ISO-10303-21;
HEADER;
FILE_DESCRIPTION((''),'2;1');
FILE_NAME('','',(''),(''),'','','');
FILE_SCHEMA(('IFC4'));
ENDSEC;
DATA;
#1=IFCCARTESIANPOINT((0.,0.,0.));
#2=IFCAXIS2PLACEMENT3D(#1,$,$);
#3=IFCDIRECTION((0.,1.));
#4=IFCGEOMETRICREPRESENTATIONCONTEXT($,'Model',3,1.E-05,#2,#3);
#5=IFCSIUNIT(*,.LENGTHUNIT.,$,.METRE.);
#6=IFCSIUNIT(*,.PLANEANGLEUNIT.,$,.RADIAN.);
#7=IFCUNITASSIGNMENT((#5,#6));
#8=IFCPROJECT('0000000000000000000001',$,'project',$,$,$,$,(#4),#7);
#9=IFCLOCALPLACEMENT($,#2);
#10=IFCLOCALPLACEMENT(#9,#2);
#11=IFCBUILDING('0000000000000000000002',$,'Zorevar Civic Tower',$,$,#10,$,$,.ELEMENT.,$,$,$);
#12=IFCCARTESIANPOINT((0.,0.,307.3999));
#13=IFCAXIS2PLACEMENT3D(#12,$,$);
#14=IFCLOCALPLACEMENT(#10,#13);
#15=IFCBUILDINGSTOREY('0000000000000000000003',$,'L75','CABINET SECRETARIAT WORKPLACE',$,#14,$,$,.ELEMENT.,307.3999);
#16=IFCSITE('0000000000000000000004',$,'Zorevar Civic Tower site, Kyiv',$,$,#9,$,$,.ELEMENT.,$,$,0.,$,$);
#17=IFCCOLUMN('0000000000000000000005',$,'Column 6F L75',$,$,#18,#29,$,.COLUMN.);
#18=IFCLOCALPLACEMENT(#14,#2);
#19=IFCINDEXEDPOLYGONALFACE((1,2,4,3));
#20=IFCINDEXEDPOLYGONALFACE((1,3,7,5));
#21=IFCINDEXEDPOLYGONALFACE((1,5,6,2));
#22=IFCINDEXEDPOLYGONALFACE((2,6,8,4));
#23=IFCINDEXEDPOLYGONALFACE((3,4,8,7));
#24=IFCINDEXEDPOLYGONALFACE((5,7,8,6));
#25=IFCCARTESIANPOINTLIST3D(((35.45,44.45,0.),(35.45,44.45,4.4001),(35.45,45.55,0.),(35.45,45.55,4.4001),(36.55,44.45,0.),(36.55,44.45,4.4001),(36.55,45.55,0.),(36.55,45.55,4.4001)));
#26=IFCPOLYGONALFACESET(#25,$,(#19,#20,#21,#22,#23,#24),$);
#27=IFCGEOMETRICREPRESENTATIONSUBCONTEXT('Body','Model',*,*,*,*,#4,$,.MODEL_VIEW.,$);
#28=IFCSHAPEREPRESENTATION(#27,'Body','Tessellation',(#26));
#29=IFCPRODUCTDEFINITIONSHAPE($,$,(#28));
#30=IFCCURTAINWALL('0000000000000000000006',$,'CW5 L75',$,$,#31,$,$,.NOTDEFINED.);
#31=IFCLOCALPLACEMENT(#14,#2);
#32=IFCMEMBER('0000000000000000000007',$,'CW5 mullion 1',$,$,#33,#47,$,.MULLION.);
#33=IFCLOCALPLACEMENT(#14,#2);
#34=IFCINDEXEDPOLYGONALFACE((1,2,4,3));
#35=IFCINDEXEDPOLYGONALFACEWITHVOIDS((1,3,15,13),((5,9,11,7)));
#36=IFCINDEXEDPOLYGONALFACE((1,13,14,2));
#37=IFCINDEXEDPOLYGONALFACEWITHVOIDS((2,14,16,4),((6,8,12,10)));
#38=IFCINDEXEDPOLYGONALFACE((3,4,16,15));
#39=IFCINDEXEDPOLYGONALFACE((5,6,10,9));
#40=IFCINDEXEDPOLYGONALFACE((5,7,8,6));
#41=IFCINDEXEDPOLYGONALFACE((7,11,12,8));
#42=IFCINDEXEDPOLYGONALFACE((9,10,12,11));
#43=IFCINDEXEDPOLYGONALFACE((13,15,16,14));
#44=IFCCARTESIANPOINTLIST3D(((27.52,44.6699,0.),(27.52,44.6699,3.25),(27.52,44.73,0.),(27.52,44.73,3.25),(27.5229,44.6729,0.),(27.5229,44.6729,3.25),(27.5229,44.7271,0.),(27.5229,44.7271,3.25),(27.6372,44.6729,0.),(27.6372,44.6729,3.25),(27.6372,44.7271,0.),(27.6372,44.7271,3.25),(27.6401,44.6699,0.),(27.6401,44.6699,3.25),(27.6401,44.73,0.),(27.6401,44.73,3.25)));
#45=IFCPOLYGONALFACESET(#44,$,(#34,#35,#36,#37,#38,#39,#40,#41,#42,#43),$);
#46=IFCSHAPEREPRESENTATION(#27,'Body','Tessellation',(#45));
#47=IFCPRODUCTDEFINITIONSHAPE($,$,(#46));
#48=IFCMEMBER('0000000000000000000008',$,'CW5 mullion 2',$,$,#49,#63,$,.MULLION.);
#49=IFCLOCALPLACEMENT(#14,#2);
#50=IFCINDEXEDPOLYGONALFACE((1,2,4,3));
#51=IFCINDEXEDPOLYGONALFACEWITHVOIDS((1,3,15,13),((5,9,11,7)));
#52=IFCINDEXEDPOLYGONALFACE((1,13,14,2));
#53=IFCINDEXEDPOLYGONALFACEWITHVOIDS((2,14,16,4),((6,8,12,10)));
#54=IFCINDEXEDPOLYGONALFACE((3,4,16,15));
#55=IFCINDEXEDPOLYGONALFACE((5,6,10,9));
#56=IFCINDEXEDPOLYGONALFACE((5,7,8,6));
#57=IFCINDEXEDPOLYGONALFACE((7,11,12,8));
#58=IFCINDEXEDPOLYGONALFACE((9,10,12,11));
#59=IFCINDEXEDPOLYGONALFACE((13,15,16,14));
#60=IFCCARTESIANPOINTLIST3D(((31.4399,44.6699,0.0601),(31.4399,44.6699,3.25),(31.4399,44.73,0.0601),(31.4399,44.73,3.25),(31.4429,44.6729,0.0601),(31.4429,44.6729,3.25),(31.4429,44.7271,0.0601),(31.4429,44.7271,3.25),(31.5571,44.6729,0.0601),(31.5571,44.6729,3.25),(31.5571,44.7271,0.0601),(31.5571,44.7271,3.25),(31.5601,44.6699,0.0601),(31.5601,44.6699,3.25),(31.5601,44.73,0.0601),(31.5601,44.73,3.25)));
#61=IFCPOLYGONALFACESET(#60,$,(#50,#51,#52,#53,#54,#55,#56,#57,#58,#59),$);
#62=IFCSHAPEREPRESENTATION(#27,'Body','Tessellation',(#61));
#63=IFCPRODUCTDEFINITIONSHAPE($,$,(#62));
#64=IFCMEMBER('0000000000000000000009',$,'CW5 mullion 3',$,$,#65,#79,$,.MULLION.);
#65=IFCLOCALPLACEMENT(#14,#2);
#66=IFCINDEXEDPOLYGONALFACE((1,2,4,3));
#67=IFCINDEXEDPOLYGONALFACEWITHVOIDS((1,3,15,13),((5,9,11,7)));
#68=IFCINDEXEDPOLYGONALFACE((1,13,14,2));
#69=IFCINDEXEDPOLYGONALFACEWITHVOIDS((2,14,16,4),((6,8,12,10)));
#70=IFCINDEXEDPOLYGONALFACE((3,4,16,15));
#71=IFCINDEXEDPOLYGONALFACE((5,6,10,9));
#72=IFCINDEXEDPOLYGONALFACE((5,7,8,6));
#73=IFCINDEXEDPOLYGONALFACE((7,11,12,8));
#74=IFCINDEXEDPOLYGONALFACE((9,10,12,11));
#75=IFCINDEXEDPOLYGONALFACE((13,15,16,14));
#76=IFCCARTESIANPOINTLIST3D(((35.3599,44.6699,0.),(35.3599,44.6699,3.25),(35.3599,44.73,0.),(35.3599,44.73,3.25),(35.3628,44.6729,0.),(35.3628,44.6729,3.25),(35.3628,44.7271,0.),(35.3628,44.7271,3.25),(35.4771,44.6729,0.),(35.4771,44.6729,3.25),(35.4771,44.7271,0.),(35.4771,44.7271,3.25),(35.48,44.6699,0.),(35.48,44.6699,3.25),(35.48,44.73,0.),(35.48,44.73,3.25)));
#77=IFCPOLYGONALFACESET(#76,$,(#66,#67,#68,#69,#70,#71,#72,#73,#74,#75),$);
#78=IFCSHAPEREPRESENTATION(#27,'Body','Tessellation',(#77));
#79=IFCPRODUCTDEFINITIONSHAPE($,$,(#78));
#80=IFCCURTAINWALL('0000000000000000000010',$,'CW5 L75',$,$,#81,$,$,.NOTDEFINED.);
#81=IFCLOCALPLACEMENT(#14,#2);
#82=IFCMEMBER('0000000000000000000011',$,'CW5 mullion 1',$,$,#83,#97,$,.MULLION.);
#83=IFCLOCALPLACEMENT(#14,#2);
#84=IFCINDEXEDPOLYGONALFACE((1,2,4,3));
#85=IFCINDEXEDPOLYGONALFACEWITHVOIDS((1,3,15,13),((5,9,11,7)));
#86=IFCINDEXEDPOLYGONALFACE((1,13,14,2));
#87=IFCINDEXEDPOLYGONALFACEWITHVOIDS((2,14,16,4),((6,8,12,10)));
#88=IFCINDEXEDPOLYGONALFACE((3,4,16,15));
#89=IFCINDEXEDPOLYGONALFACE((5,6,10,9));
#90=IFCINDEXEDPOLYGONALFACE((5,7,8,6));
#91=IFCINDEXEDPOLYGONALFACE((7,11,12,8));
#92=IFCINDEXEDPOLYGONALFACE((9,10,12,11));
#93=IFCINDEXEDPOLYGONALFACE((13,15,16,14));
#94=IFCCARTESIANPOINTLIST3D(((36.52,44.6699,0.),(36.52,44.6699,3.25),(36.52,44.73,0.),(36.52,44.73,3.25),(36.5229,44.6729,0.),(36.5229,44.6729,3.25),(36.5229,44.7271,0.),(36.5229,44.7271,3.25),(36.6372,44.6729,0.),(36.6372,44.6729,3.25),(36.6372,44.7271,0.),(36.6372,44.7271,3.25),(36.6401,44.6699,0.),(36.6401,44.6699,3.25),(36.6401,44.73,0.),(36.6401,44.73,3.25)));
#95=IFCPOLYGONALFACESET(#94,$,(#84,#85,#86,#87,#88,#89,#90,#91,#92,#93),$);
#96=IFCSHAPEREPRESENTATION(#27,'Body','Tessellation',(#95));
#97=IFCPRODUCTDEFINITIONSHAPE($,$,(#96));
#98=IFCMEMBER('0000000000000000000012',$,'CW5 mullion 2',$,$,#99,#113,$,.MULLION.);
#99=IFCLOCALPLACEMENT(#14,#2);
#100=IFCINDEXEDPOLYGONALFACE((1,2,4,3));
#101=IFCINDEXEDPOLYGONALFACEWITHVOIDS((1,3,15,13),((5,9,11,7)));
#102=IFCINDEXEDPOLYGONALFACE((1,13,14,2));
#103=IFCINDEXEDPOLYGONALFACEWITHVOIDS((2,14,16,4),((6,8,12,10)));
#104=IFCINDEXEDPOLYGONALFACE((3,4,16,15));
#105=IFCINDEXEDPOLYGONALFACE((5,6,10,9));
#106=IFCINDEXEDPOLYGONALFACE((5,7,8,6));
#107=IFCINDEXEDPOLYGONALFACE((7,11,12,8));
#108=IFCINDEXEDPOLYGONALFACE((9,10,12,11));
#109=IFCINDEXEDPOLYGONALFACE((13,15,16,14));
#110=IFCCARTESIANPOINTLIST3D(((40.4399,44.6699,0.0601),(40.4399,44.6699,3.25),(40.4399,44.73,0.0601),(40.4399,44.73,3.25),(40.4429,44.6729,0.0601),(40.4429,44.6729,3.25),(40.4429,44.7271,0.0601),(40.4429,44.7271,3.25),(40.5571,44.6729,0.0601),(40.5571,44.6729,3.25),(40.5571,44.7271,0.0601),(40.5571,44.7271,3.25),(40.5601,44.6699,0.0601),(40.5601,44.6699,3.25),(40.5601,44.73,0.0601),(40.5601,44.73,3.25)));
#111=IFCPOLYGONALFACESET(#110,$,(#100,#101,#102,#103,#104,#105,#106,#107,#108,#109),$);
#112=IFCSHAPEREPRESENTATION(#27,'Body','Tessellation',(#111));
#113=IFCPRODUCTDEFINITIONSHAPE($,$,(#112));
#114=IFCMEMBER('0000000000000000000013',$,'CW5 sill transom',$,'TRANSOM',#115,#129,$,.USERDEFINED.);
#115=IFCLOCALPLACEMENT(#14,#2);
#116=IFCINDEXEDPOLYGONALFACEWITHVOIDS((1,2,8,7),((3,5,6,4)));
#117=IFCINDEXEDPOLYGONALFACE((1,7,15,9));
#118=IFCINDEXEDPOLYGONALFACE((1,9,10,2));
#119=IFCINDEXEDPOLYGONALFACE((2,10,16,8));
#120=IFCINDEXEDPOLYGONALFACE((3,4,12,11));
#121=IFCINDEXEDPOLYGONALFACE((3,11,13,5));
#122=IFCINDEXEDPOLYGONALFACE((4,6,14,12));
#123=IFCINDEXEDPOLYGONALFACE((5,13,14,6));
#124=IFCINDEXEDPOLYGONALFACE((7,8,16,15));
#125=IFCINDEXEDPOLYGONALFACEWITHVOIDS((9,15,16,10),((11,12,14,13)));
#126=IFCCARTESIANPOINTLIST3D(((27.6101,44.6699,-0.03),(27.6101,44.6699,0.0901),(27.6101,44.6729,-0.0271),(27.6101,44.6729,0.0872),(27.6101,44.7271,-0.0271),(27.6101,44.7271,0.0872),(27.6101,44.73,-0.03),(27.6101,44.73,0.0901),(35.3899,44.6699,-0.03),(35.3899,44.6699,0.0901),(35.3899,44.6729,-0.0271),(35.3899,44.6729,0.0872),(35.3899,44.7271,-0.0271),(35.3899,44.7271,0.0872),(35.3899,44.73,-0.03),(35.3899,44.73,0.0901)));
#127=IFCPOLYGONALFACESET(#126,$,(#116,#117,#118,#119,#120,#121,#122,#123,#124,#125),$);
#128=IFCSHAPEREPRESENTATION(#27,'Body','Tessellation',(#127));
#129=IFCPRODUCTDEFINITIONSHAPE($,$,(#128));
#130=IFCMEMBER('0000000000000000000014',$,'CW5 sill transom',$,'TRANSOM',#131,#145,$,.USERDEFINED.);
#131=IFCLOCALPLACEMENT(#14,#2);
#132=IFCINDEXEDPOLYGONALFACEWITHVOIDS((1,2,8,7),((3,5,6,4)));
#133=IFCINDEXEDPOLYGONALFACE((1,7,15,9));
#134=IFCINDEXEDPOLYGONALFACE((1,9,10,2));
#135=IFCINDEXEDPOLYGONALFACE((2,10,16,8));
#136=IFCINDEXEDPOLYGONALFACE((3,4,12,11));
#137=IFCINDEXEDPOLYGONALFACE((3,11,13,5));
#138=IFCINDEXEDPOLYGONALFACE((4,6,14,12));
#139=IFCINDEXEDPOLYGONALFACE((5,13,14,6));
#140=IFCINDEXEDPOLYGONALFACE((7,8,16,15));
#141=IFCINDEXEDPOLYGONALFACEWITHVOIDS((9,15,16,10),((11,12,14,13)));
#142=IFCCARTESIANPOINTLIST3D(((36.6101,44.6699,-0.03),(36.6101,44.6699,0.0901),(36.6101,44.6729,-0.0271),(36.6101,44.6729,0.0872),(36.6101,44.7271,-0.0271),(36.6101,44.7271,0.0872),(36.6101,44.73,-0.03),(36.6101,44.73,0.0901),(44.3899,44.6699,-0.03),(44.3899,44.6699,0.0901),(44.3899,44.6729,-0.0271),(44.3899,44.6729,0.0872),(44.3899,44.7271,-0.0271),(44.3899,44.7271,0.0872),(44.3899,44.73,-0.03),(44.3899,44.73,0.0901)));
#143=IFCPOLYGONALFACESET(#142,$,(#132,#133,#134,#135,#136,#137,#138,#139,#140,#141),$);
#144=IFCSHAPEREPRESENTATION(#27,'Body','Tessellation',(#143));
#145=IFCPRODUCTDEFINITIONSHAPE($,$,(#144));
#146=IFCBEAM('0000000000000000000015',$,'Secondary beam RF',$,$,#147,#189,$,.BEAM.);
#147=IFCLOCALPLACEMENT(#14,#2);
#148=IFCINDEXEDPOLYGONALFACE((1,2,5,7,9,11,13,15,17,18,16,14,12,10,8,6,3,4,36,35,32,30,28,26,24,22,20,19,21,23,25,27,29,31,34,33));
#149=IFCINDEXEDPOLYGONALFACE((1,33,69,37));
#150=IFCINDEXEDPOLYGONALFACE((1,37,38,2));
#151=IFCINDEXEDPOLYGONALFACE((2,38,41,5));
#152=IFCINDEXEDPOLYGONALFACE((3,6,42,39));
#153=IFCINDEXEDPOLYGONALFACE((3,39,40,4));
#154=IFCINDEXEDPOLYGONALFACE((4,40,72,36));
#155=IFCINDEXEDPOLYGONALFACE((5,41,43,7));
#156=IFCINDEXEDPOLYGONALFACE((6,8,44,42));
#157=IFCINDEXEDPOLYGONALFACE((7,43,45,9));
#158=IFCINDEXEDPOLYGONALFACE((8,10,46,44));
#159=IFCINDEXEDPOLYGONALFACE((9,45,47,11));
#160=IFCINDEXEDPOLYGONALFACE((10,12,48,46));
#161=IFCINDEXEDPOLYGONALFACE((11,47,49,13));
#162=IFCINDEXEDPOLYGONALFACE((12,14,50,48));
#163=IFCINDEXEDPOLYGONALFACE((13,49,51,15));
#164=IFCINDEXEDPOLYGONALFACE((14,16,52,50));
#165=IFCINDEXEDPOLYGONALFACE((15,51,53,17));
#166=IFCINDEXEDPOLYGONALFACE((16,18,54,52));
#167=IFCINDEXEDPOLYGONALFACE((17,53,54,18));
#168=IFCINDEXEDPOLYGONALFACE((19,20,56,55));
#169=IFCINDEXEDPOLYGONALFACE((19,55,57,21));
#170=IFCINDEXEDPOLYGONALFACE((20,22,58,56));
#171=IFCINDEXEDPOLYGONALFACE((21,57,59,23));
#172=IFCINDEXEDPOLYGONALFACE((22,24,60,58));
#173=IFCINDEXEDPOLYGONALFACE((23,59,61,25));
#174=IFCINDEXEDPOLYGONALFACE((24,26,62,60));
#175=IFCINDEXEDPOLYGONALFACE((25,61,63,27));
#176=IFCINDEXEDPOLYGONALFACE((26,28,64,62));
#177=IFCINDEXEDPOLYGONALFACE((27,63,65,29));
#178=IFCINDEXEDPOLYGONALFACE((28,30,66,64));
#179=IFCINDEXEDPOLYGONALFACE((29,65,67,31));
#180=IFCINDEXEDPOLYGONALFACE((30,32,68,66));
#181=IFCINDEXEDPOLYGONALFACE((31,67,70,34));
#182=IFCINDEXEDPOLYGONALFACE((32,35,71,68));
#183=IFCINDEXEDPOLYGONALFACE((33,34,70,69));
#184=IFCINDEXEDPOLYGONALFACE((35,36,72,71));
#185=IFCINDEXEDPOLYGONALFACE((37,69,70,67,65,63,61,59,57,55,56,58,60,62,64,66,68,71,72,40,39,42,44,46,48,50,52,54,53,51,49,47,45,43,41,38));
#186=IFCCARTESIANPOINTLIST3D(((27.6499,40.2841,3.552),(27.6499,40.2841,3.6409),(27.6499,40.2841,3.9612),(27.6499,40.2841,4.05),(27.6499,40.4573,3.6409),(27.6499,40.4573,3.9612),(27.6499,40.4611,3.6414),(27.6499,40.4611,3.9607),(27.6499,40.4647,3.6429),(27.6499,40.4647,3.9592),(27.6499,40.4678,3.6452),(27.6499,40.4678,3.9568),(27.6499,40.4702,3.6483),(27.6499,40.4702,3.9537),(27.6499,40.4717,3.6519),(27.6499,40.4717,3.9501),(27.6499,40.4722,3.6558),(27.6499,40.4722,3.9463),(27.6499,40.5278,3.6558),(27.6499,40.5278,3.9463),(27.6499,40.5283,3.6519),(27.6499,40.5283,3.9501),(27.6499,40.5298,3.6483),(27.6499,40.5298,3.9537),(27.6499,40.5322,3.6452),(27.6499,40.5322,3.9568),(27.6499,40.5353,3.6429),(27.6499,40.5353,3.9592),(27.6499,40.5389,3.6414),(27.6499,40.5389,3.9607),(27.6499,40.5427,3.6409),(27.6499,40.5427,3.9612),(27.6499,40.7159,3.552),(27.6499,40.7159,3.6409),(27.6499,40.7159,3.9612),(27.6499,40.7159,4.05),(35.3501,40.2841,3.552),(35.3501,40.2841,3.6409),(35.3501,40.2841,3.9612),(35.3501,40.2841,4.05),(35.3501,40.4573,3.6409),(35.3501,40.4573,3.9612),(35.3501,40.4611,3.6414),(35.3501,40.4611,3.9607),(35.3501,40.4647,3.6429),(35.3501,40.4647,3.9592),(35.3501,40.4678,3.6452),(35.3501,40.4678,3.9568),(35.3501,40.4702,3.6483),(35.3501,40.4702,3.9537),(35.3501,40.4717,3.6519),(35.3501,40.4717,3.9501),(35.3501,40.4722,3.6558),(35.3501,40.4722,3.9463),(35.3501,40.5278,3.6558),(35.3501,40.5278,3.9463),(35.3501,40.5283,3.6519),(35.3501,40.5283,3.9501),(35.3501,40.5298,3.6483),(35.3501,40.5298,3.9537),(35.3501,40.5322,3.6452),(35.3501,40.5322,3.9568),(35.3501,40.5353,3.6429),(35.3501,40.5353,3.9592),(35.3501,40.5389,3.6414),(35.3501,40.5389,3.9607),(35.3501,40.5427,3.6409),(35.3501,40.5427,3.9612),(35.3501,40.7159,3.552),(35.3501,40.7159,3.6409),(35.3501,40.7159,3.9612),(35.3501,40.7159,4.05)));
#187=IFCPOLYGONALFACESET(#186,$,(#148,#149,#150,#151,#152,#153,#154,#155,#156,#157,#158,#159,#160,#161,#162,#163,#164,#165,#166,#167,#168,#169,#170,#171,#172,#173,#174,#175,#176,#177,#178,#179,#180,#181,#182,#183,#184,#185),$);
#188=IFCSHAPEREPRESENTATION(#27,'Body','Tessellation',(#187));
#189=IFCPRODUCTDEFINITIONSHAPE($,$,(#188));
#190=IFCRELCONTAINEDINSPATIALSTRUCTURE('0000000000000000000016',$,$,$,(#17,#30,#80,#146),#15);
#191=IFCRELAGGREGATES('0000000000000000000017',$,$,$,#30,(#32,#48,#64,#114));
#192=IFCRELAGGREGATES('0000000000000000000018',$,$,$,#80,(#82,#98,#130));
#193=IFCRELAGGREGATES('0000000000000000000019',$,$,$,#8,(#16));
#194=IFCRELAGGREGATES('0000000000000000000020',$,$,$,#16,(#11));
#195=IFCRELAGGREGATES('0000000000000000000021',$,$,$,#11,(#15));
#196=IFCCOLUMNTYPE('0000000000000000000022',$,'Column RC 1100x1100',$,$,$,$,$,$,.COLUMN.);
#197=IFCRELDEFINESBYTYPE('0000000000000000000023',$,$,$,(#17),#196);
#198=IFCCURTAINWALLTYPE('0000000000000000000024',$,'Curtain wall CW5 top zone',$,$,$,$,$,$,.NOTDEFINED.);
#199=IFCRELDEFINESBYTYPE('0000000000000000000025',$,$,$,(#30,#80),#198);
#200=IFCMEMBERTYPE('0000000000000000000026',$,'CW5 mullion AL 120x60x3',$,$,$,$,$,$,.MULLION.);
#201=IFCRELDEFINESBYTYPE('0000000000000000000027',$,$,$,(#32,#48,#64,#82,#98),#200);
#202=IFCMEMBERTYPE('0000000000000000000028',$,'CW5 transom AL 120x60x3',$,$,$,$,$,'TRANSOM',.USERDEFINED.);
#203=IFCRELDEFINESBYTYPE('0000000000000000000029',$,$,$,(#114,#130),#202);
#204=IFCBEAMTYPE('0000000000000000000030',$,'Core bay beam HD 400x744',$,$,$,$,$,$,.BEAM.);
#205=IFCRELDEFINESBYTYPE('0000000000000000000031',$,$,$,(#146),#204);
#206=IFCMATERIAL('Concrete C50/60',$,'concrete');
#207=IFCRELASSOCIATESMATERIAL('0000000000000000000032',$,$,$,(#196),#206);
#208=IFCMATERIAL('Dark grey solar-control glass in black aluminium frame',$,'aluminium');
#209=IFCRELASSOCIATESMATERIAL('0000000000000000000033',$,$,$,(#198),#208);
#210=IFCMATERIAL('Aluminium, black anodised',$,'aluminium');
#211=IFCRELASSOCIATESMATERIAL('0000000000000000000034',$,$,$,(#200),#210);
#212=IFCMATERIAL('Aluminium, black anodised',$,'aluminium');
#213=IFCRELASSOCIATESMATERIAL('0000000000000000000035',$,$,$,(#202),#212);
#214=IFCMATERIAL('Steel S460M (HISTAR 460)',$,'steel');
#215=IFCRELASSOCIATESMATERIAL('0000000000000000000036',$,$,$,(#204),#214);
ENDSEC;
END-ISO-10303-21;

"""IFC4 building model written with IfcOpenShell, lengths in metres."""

from ifc_helpers import new_model, si_unit, direction, frame, origin, origin_2d, place, context, subcontext, project, spatial, rectangle, hollow_rectangle, i_section, extrude, material, material_profile, profile_set, type_object, element, aggregate, save


model = new_model("IFC4")

# Units and contexts
model_context = context("Model", 3, precision=1e-05, world=origin(), true_north=direction((0.0, 1.0)))
body_context = subcontext(model_context, "Body", "Model", "MODEL_VIEW")
ifc_project = project(units=[si_unit("LENGTHUNIT", "METRE"), si_unit("PLANEANGLEUNIT", "RADIAN")], contexts=[model_context])

# Site, building, storey
site_placement = place(None, origin())
site = spatial("IfcSite", under=ifc_project, at=site_placement, Name="Zorevar Civic Tower site, Kyiv", CompositionType="ELEMENT", RefElevation=0.0)
building_placement = place(site_placement, origin())
building = spatial("IfcBuilding", under=site, at=building_placement, Name="Zorevar Civic Tower", CompositionType="ELEMENT")
storey_placement = place(building_placement, frame((0.0, 0.0, 307.3999)))
storey = spatial("IfcBuildingStorey", under=building, at=storey_placement, Name="L75", Description="CABINET SECRETARIAT WORKPLACE", CompositionType="ELEMENT", Elevation=307.3999)

# Column
ifc_material_1 = material(Name="Concrete C50/60", Category="concrete")
ifc_material_profile_1 = material_profile(ifc_material_1, rectangle(XDim=1.1001, YDim=1.1001, at=origin_2d()), Name="RC 1100x1100")
ifc_profile_set_1 = profile_set([ifc_material_profile_1], Name="Concrete C50/60")
column_type = type_object("IfcColumnType", Name="Column RC 1100x1100", PredefinedType="COLUMN", material=ifc_profile_set_1)
column_placement = place(storey_placement, frame((36.0, 45.0, 0.0), z_axis=(0.0, 0.0, 1.0), x_axis=(1.0, 0.0, 0.0)))
element("IfcColumn", 1, at=column_placement, inside=storey, type_object=column_type, Name="Column 6F L75", PredefinedType="COLUMN", context=body_context, shape_type="SweptSolid", body=[
    extrude(rectangle(XDim=1.1001, YDim=1.1001, at=origin_2d()), origin(), (0.0, 0.0, 1.0), 4.4001),
])

# Curtain walls, members
ifc_material_2 = material(Name="Dark grey solar-control glass in black aluminium frame", Category="aluminium")
curtain_wall_type = type_object("IfcCurtainWallType", Name="Curtain wall CW5 top zone", PredefinedType="NOTDEFINED", material=ifc_material_2)
curtain_wall_1_placement = place(storey_placement, origin())
curtain_wall_1 = element("IfcCurtainWall", 2, at=curtain_wall_1_placement, inside=storey, type_object=curtain_wall_type, Name="CW5 L75", PredefinedType="NOTDEFINED")
ifc_material_3 = material(Name="Aluminium, black anodised", Category="aluminium")
ifc_material_profile_2 = material_profile(ifc_material_3, hollow_rectangle(XDim=0.0601, YDim=0.1201, WallThickness=0.0029, at=origin_2d()), Name="AL 120x60x3")
ifc_profile_set_2 = profile_set([ifc_material_profile_2], Name="Aluminium, black anodised")
member_type_1 = type_object("IfcMemberType", Name="CW5 mullion AL 120x60x3", PredefinedType="MULLION", material=ifc_profile_set_2)
member_1_placement = place(storey_placement, frame((27.5801, 44.7, 0.0), z_axis=(0.0, 0.0, 1.0), x_axis=(0.0, 1.0, 0.0)))
member_1 = element("IfcMember", 3, at=member_1_placement, type_object=member_type_1, Name="CW5 mullion 1", PredefinedType="MULLION", context=body_context, shape_type="SweptSolid", body=[
    extrude(hollow_rectangle(XDim=0.0601, YDim=0.1201, WallThickness=0.0029, at=origin_2d()), origin(), (0.0, 0.0, 1.0), 3.25),
])
member_2_placement = place(storey_placement, frame((31.5, 44.7, 0.0601), z_axis=(0.0, 0.0, 1.0), x_axis=(0.0, 1.0, 0.0)))
member_2 = element("IfcMember", 4, at=member_2_placement, type_object=member_type_1, Name="CW5 mullion 2", PredefinedType="MULLION", context=body_context, shape_type="SweptSolid", body=[
    extrude(hollow_rectangle(XDim=0.0601, YDim=0.1201, WallThickness=0.0029, at=origin_2d()), origin(), (0.0, 0.0, 1.0), 3.1899),
])
member_3_placement = place(storey_placement, frame((35.4199, 44.7, 0.0), z_axis=(0.0, 0.0, 1.0), x_axis=(0.0, 1.0, 0.0)))
member_3 = element("IfcMember", 5, at=member_3_placement, type_object=member_type_1, Name="CW5 mullion 3", PredefinedType="MULLION", context=body_context, shape_type="SweptSolid", body=[
    extrude(hollow_rectangle(XDim=0.0601, YDim=0.1201, WallThickness=0.0029, at=origin_2d()), origin(), (0.0, 0.0, 1.0), 3.25),
])
curtain_wall_2_placement = place(storey_placement, origin())
curtain_wall_2 = element("IfcCurtainWall", 6, at=curtain_wall_2_placement, inside=storey, type_object=curtain_wall_type, Name="CW5 L75", PredefinedType="NOTDEFINED")
member_4_placement = place(storey_placement, frame((36.5801, 44.7, 0.0), z_axis=(0.0, 0.0, 1.0), x_axis=(0.0, 1.0, 0.0)))
member_4 = element("IfcMember", 7, at=member_4_placement, type_object=member_type_1, Name="CW5 mullion 1", PredefinedType="MULLION", context=body_context, shape_type="SweptSolid", body=[
    extrude(hollow_rectangle(XDim=0.0601, YDim=0.1201, WallThickness=0.0029, at=origin_2d()), origin(), (0.0, 0.0, 1.0), 3.25),
])
member_5_placement = place(storey_placement, frame((40.5, 44.7, 0.0601), z_axis=(0.0, 0.0, 1.0), x_axis=(0.0, 1.0, 0.0)))
member_5 = element("IfcMember", 8, at=member_5_placement, type_object=member_type_1, Name="CW5 mullion 2", PredefinedType="MULLION", context=body_context, shape_type="SweptSolid", body=[
    extrude(hollow_rectangle(XDim=0.0601, YDim=0.1201, WallThickness=0.0029, at=origin_2d()), origin(), (0.0, 0.0, 1.0), 3.1899),
])

# Members
ifc_material_4 = material(Name="Aluminium, black anodised", Category="aluminium")
ifc_material_profile_3 = material_profile(ifc_material_4, hollow_rectangle(XDim=0.0601, YDim=0.1201, WallThickness=0.0029, at=origin_2d()), Name="AL 120x60x3")
ifc_profile_set_3 = profile_set([ifc_material_profile_3], Name="Aluminium, black anodised")
member_type_2 = type_object("IfcMemberType", Name="CW5 transom AL 120x60x3", ElementType="TRANSOM", PredefinedType="USERDEFINED", material=ifc_profile_set_3)
member_6_placement = place(storey_placement, frame((27.6101, 44.7, 0.03), z_axis=(1.0, 0.0, 0.0), x_axis=(0.0, 1.0, 0.0)))
member_6 = element("IfcMember", 9, at=member_6_placement, type_object=member_type_2, Name="CW5 sill transom", ObjectType="TRANSOM", PredefinedType="USERDEFINED", context=body_context, shape_type="SweptSolid", body=[
    extrude(hollow_rectangle(XDim=0.0601, YDim=0.1201, WallThickness=0.0029, at=origin_2d()), origin(), (0.0, 0.0, 1.0), 7.7798),
])
member_7_placement = place(storey_placement, frame((36.6101, 44.7, 0.03), z_axis=(1.0, 0.0, 0.0), x_axis=(0.0, 1.0, 0.0)))
member_7 = element("IfcMember", 10, at=member_7_placement, type_object=member_type_2, Name="CW5 sill transom", ObjectType="TRANSOM", PredefinedType="USERDEFINED", context=body_context, shape_type="SweptSolid", body=[
    extrude(hollow_rectangle(XDim=0.0601, YDim=0.1201, WallThickness=0.0029, at=origin_2d()), origin(), (0.0, 0.0, 1.0), 7.7798),
])

# Beam
ifc_material_5 = material(Name="Steel S460M (HISTAR 460)", Category="steel")
ifc_material_profile_4 = material_profile(ifc_material_5, i_section(OverallWidth=0.4319, OverallDepth=0.498, WebThickness=0.0557, FlangeThickness=0.0889, FilletRadius=0.0149, at=origin_2d()), Name="HD 400x744")
ifc_profile_set_4 = profile_set([ifc_material_profile_4], Name="Steel S460M (HISTAR 460)")
beam_type_1 = type_object("IfcBeamType", Name="Core bay beam HD 400x744", PredefinedType="BEAM", material=ifc_profile_set_4)
for number, where, z_axis, x_axis, name in (
    (11, (27.6499, 40.5, 3.801), (1.0, 0.0, 0.0), (0.0, 1.0, 0.0), "Secondary beam RF"),
):
    element("IfcBeam", number, at=place(storey_placement, frame(where, z_axis=z_axis, x_axis=x_axis)), inside=storey, type_object=beam_type_1, Name=name, PredefinedType="BEAM", context=body_context, shape_type="SweptSolid", body=[
        extrude(i_section(OverallWidth=0.4319, OverallDepth=0.498, WebThickness=0.0557, FlangeThickness=0.0889, FilletRadius=0.0149, at=origin_2d()), origin(), (0.0, 0.0, 1.0), 7.7002),
    ])

aggregate(curtain_wall_1, [member_1, member_2, member_3, member_6])
aggregate(curtain_wall_2, [member_4, member_5, member_7])

save(model, "model.ifc")
